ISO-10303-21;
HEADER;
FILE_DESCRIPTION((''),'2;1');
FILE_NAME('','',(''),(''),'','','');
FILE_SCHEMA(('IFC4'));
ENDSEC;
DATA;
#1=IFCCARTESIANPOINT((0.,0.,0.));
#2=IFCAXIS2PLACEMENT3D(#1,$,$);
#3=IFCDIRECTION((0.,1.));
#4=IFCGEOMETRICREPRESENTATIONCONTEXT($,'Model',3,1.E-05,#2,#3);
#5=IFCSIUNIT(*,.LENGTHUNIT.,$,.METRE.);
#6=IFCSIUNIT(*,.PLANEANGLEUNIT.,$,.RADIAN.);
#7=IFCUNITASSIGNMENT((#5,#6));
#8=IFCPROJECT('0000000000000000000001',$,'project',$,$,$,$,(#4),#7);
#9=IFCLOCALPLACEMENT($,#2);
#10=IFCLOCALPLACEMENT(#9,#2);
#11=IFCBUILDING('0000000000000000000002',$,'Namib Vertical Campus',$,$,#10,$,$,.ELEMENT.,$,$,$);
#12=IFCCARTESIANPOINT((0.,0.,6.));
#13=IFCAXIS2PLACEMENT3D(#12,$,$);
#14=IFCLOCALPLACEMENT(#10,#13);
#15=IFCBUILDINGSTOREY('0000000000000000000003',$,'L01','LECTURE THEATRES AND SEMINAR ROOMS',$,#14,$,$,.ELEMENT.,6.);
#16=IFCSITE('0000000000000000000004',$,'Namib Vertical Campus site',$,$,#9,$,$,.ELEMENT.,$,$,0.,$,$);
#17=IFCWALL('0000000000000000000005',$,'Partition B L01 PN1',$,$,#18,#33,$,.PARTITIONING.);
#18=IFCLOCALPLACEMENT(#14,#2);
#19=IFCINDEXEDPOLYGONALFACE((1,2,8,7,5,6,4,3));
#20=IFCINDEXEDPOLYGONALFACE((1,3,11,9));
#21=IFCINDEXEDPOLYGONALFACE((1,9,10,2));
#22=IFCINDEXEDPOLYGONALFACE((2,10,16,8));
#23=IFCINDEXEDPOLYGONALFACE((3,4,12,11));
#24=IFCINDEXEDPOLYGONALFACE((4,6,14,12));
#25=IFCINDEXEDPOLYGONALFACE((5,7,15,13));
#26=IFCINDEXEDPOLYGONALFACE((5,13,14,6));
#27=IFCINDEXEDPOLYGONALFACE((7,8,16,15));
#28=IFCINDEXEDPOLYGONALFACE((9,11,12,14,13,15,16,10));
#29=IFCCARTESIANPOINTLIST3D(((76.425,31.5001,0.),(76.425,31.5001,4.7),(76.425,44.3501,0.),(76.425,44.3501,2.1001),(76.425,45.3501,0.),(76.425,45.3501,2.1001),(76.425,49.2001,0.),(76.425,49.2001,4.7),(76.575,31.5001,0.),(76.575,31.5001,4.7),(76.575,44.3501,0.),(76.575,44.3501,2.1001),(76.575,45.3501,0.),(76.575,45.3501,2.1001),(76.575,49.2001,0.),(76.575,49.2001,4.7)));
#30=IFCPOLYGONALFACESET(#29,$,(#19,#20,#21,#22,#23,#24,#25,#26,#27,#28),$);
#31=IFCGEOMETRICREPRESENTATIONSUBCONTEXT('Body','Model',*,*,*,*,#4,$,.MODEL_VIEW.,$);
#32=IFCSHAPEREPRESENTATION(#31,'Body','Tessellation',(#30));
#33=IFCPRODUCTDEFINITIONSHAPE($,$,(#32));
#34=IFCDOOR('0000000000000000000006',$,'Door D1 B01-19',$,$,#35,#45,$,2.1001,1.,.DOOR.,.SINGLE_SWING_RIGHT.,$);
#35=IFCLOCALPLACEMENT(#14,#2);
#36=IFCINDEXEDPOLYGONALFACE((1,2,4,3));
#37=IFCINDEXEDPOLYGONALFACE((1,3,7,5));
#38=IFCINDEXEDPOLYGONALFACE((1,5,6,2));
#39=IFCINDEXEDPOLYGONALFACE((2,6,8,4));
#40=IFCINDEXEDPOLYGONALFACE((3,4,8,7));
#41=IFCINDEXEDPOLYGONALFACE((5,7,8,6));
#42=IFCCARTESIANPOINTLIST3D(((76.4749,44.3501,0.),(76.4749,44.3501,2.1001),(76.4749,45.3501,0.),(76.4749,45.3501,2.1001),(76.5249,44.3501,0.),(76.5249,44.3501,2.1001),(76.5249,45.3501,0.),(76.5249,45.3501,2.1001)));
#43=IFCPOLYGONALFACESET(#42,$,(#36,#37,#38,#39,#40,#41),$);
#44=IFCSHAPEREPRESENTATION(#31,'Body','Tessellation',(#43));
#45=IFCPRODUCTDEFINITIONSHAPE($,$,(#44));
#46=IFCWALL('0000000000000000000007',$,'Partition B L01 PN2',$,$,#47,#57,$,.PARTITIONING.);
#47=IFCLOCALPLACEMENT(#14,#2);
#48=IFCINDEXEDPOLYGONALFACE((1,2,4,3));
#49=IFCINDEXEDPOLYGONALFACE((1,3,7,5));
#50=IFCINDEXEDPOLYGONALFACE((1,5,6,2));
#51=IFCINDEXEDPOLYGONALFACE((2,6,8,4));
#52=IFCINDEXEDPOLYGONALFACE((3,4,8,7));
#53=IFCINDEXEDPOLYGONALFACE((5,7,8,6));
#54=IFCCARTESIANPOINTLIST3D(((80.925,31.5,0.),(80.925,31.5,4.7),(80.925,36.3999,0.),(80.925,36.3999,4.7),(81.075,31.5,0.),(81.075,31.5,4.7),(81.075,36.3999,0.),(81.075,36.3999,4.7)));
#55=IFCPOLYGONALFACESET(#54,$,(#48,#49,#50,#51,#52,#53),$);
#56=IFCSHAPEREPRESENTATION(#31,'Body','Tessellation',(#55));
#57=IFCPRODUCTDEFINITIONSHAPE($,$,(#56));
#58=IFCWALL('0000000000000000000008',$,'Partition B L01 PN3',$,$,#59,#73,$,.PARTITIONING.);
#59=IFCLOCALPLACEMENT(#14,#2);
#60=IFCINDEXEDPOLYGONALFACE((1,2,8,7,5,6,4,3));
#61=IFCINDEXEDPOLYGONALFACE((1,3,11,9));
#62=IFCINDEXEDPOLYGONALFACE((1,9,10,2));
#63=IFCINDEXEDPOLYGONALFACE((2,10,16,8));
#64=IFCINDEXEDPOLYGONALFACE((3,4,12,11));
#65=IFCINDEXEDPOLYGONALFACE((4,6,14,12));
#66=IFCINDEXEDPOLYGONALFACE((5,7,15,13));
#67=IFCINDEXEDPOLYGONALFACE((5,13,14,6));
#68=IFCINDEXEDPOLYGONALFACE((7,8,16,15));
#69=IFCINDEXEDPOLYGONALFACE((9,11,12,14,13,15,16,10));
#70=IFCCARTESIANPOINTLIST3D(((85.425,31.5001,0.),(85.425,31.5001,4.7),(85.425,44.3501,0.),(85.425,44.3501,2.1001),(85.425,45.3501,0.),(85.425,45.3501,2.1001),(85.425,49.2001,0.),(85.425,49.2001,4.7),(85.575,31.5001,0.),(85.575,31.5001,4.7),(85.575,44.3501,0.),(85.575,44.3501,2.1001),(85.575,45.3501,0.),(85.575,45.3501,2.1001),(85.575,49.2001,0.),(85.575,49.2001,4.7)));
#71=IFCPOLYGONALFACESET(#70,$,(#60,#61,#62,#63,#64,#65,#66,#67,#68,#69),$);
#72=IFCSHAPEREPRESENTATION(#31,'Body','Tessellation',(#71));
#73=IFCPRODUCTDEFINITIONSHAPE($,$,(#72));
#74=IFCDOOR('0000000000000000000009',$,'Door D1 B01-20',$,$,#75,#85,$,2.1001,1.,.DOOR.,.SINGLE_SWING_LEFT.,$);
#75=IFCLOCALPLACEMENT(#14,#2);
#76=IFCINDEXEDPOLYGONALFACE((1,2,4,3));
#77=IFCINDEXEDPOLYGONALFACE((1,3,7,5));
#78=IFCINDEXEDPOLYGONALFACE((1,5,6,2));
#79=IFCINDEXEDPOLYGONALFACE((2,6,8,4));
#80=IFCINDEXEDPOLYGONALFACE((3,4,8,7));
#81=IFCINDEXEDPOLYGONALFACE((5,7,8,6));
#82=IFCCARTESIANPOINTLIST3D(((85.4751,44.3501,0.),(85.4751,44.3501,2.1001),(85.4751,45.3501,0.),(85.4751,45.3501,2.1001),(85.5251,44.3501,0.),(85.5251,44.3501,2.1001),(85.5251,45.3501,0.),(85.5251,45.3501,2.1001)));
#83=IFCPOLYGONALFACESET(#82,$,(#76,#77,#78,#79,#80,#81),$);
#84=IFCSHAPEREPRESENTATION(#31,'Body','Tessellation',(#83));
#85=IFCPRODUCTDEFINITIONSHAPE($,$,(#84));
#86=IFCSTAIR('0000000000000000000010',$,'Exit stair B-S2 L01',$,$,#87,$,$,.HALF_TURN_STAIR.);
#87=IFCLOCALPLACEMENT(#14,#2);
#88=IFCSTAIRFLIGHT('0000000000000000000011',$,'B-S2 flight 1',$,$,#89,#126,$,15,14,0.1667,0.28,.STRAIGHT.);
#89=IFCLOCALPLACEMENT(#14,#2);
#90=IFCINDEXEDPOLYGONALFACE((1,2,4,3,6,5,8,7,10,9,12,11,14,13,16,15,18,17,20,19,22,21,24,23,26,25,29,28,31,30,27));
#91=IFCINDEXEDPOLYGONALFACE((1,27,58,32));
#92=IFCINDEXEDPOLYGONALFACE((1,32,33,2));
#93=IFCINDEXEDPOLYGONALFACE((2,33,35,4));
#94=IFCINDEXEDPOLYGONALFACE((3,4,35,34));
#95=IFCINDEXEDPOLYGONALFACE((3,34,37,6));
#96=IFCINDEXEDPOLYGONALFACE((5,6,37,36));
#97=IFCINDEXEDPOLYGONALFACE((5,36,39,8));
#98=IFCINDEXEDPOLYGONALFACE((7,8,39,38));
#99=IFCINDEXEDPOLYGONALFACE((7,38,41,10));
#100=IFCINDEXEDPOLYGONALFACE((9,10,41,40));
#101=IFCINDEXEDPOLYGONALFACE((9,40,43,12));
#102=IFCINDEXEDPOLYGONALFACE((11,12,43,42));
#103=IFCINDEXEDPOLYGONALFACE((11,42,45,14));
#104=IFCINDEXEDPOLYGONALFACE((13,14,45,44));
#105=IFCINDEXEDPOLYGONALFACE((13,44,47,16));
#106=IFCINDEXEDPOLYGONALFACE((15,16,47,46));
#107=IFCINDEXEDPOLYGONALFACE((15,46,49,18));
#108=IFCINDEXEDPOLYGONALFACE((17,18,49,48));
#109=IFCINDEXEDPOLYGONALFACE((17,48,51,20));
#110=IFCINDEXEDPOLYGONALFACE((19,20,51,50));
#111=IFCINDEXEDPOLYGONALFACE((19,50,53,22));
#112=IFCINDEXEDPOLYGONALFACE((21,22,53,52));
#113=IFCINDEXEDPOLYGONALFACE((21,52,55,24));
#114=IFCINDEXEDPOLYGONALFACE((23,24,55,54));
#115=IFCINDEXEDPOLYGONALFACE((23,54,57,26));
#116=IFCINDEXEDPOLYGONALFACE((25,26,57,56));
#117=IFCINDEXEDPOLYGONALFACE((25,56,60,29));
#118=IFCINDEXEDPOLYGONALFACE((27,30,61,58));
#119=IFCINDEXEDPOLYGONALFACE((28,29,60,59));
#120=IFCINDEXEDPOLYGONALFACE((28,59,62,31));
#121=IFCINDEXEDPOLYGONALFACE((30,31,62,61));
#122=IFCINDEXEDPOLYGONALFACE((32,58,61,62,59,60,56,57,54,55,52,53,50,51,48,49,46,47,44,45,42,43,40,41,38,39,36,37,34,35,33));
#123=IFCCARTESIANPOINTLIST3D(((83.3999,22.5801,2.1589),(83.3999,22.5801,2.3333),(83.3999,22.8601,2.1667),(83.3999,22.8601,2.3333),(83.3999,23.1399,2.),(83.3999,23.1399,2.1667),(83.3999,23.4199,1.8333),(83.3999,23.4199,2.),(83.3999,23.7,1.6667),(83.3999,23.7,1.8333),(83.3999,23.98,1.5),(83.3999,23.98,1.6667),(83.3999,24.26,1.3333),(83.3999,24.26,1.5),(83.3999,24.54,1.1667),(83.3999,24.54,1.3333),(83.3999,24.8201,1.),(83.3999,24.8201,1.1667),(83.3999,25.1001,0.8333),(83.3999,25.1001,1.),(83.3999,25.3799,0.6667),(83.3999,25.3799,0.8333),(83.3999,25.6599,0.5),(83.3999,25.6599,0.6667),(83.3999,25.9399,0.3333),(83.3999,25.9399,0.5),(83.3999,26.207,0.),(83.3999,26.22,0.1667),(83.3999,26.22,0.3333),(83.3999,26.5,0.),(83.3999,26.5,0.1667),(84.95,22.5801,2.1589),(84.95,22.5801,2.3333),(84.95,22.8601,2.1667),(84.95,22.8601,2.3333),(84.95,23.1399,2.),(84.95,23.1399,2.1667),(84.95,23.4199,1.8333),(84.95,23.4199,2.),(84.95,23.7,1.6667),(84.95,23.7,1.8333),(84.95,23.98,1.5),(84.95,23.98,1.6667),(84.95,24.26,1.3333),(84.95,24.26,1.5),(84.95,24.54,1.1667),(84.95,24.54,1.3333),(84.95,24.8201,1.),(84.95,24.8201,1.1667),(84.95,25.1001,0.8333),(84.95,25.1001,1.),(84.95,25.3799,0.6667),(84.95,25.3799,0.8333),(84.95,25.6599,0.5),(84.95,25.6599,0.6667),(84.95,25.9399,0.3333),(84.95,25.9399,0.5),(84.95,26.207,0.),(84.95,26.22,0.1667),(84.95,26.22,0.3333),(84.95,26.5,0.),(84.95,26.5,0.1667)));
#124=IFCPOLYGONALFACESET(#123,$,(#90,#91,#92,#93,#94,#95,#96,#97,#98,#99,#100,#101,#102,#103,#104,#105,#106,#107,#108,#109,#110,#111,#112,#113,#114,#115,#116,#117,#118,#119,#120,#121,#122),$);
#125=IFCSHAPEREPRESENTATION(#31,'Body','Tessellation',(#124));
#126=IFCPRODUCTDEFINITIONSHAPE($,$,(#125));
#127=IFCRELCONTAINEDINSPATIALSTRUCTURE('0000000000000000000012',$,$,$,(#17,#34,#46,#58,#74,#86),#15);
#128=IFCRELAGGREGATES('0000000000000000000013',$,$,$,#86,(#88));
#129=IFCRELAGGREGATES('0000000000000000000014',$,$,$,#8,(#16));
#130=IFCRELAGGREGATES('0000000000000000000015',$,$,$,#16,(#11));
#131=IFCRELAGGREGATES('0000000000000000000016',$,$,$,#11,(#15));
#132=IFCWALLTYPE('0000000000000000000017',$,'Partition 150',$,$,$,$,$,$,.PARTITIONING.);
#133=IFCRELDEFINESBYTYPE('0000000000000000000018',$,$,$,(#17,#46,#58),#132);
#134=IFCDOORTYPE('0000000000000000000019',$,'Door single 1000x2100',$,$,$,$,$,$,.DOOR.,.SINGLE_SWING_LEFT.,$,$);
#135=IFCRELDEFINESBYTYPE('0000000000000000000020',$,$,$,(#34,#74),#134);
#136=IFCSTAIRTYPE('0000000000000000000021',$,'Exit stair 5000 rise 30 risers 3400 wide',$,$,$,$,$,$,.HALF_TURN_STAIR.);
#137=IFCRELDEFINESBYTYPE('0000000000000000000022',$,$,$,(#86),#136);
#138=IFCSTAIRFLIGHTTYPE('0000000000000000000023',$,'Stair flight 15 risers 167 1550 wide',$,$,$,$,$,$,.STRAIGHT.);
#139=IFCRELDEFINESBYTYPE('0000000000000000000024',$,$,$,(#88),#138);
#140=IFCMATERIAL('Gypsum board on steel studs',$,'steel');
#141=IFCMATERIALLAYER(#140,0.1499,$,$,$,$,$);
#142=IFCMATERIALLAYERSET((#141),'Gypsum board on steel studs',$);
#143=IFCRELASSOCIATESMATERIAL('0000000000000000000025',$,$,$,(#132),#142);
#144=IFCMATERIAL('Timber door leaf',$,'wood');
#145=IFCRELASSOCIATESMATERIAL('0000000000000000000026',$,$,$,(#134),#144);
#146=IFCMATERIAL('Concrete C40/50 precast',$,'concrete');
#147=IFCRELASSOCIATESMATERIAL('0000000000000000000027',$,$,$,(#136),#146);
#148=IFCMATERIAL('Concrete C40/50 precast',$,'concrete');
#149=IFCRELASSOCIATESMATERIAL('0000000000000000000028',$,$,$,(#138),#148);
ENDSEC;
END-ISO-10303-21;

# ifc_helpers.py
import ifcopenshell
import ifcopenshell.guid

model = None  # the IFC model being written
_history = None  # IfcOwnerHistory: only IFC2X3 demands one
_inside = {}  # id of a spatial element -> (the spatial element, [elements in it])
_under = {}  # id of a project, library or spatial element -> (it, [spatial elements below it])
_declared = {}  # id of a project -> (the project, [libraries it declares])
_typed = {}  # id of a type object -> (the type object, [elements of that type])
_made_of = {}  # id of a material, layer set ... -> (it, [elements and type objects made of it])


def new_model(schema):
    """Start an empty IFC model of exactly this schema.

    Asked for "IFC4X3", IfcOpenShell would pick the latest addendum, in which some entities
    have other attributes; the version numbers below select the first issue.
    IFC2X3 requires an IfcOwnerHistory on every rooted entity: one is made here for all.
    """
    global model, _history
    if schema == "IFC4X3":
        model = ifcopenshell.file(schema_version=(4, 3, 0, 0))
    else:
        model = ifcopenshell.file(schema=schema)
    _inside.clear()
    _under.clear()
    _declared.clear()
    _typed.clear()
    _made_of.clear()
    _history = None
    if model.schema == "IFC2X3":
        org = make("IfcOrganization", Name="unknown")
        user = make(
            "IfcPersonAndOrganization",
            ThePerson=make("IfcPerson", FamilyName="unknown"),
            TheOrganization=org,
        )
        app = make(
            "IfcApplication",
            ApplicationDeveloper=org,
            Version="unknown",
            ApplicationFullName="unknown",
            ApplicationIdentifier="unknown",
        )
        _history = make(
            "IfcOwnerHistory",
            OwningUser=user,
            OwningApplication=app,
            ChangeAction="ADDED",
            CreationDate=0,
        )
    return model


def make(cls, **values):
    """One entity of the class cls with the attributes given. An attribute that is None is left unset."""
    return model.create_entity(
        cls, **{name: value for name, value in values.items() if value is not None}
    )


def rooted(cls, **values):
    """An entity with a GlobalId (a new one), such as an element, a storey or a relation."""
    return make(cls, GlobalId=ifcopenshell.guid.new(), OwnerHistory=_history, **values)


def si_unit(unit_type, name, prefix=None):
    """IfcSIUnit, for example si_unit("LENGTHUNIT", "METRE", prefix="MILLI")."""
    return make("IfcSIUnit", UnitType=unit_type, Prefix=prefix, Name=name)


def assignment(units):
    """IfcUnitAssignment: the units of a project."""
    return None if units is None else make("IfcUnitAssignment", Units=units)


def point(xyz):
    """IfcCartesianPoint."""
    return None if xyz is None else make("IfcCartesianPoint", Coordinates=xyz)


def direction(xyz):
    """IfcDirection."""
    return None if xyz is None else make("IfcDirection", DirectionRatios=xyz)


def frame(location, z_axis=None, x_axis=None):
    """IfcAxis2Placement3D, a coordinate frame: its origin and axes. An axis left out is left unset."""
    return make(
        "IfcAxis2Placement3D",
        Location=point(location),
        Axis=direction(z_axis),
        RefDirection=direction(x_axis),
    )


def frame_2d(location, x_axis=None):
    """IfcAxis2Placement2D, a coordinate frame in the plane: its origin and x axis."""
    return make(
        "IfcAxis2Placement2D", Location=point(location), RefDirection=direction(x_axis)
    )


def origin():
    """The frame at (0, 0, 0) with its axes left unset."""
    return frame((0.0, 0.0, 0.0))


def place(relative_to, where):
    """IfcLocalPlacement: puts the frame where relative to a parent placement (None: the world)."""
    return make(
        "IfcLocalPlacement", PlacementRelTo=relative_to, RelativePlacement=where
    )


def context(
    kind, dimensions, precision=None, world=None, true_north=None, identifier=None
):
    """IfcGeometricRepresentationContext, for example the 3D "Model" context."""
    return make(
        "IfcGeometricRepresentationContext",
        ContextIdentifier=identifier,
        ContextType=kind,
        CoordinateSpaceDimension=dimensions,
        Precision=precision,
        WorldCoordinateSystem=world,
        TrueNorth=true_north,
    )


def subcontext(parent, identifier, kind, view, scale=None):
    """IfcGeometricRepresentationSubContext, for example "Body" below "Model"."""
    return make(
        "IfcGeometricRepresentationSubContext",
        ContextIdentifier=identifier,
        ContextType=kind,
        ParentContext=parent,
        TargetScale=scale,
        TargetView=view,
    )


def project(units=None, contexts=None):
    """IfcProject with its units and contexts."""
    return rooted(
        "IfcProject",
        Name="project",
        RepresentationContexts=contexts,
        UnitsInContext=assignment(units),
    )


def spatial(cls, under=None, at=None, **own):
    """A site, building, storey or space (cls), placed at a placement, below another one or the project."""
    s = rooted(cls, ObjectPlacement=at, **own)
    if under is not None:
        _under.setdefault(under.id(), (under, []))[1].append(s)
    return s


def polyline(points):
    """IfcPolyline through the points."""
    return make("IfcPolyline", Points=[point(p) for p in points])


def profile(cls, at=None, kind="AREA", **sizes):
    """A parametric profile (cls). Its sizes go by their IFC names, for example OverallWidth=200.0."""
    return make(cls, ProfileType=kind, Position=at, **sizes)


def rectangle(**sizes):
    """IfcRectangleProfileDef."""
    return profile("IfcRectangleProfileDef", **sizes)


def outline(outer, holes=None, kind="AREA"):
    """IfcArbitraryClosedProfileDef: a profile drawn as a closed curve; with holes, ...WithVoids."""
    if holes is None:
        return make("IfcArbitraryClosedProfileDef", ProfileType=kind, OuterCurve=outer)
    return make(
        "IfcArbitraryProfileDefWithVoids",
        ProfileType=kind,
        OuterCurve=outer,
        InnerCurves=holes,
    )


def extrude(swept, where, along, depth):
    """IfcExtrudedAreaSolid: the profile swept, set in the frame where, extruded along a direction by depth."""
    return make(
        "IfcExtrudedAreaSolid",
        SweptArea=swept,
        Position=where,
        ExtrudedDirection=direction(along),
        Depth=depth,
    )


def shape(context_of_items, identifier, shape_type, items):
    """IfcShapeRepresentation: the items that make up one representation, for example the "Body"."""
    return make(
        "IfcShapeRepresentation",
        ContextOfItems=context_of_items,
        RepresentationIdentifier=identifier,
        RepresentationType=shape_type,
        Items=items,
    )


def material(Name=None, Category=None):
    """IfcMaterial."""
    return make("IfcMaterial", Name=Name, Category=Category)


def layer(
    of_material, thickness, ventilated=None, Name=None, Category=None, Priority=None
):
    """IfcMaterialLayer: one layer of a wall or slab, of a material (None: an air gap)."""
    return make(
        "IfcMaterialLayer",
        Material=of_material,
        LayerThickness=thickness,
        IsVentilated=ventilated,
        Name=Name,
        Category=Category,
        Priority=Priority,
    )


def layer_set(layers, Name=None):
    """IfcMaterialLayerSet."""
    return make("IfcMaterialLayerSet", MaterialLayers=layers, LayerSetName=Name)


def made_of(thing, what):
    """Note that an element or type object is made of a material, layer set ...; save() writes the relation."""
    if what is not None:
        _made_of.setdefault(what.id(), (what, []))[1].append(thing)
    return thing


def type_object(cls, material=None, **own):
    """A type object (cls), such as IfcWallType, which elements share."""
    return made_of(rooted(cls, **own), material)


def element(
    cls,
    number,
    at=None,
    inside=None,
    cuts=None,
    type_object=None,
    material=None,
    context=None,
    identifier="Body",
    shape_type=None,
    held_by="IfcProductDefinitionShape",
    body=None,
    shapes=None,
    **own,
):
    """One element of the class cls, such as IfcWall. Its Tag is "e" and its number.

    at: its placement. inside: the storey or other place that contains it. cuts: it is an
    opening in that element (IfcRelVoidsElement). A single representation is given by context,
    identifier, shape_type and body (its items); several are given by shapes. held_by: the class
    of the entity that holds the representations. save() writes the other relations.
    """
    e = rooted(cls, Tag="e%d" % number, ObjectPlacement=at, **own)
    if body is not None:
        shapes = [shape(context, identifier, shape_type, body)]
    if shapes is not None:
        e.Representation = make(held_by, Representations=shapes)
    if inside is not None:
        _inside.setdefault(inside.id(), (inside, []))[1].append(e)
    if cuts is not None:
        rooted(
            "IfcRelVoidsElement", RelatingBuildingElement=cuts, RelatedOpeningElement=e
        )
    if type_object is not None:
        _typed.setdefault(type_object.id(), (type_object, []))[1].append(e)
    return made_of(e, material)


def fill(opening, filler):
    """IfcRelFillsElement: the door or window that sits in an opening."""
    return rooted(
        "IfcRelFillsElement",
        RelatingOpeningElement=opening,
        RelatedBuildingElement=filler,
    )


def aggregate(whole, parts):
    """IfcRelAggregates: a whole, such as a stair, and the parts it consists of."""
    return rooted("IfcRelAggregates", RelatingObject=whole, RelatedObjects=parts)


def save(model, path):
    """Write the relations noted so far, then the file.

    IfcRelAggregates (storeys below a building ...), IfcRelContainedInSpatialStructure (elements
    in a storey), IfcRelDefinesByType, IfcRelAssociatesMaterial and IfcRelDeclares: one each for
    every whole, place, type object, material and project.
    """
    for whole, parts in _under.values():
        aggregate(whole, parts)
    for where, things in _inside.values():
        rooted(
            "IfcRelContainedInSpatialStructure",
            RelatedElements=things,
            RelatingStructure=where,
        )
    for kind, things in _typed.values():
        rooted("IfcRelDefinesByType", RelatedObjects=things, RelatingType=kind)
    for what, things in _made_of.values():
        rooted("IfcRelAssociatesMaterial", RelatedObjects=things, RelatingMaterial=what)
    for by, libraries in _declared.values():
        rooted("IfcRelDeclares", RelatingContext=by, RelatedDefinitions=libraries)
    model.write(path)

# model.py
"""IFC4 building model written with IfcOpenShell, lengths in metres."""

from ifc_helpers import new_model, si_unit, direction, frame, frame_2d, origin, place, context, subcontext, project, spatial, polyline, rectangle, outline, extrude, material, layer, layer_set, type_object, element, fill, aggregate, save


model = new_model("IFC4")

# Units and contexts
model_context = context("Model", 3, precision=1e-05, world=origin(), true_north=direction((0.0, 1.0)))
body_context = subcontext(model_context, "Body", "Model", "MODEL_VIEW")
ifc_project = project(units=[si_unit("LENGTHUNIT", "METRE"), si_unit("PLANEANGLEUNIT", "RADIAN")], contexts=[model_context])

# Site, building, storey
site_placement = place(None, origin())
site = spatial("IfcSite", under=ifc_project, at=site_placement, Name="Namib Vertical Campus site", CompositionType="ELEMENT", RefElevation=0.0)
building_placement = place(site_placement, origin())
building = spatial("IfcBuilding", under=site, at=building_placement, Name="Namib Vertical Campus", CompositionType="ELEMENT")
storey_placement = place(building_placement, frame((0.0, 0.0, 6.0)))
storey = spatial("IfcBuildingStorey", under=building, at=storey_placement, Name="L01", Description="LECTURE THEATRES AND SEMINAR ROOMS", CompositionType="ELEMENT", Elevation=6.0)

# Wall, opening, door
ifc_material_1 = material(Name="Gypsum board on steel studs", Category="steel")
ifc_layer_1 = layer(ifc_material_1, 0.1499)
ifc_layer_set_1 = layer_set([ifc_layer_1], Name="Gypsum board on steel studs")
wall_type_1 = type_object("IfcWallType", Name="Partition 150", PredefinedType="PARTITIONING", material=ifc_layer_set_1)
wall_1_placement = place(storey_placement, frame((76.5, 31.5, 0.0), z_axis=(0.0, 0.0, 1.0), x_axis=(0.0, 1.0, 0.0)))
wall_1 = element("IfcWall", 1, at=wall_1_placement, inside=storey, type_object=wall_type_1, Name="Partition B L01 PN1", PredefinedType="PARTITIONING", context=body_context, shape_type="SweptSolid", body=[
    extrude(rectangle(XDim=17.7, YDim=0.1499, at=frame_2d((8.8501, 0.0))), origin(), (0.0, 0.0, 1.0), 4.7),
])
opening_1_placement = place(wall_1_placement, frame((12.8501, 0.0, 0.0)))
opening_1 = element("IfcOpeningElement", 2, at=opening_1_placement, cuts=wall_1, PredefinedType="OPENING", context=body_context, shape_type="SweptSolid", body=[
    extrude(rectangle(XDim=1.0, YDim=2.1001, at=frame_2d((0.5, 1.05))), frame((0.0, 0.085, 0.0), z_axis=(0.0, -1.0, 0.0), x_axis=(1.0, 0.0, 0.0)), (0.0, 0.0, 1.0), 0.1699),
])
ifc_material_2 = material(Name="Timber door leaf", Category="wood")
door_type = type_object("IfcDoorType", Name="Door single 1000x2100", OperationType="SINGLE_SWING_LEFT", PredefinedType="DOOR", material=ifc_material_2)
door_1_placement = place(opening_1_placement, frame((1.0, 0.0, 0.0), z_axis=(0.0, 0.0, 1.0), x_axis=(-1.0, 0.0, 0.0)))
door_1 = element("IfcDoor", 3, at=door_1_placement, inside=storey, type_object=door_type, Name="Door D1 B01-19", OperationType="SINGLE_SWING_RIGHT", OverallHeight=2.1001, OverallWidth=1.0, PredefinedType="DOOR", context=body_context, shape_type="SweptSolid", body=[
    extrude(rectangle(XDim=1.0, YDim=2.1001, at=frame_2d((0.5, 1.05))), frame((0.0, 0.0249, 0.0), z_axis=(0.0, -1.0, 0.0), x_axis=(1.0, 0.0, 0.0)), (0.0, 0.0, 1.0), 0.05),
])
fill(opening_1, door_1)

# Wall
wall_2_placement = place(storey_placement, frame((81.0, 31.5, 0.0), z_axis=(0.0, 0.0, 1.0), x_axis=(0.0, 1.0, 0.0)))
element("IfcWall", 4, at=wall_2_placement, inside=storey, type_object=wall_type_1, Name="Partition B L01 PN2", PredefinedType="PARTITIONING", context=body_context, shape_type="SweptSolid", body=[
    extrude(rectangle(XDim=4.8999, YDim=0.1499, at=frame_2d((2.45, 0.0))), origin(), (0.0, 0.0, 1.0), 4.7),
])

# Wall, opening, door
wall_3_placement = place(storey_placement, frame((85.5, 31.5, 0.0), z_axis=(0.0, 0.0, 1.0), x_axis=(0.0, 1.0, 0.0)))
wall_3 = element("IfcWall", 5, at=wall_3_placement, inside=storey, type_object=wall_type_1, Name="Partition B L01 PN3", PredefinedType="PARTITIONING", context=body_context, shape_type="SweptSolid", body=[
    extrude(rectangle(XDim=17.7, YDim=0.1499, at=frame_2d((8.8501, 0.0))), origin(), (0.0, 0.0, 1.0), 4.7),
])
opening_2_placement = place(wall_3_placement, frame((12.8501, 0.0, 0.0)))
opening_2 = element("IfcOpeningElement", 6, at=opening_2_placement, cuts=wall_3, PredefinedType="OPENING", context=body_context, shape_type="SweptSolid", body=[
    extrude(rectangle(XDim=1.0, YDim=2.1001, at=frame_2d((0.5, 1.05))), frame((0.0, 0.085, 0.0), z_axis=(0.0, -1.0, 0.0), x_axis=(1.0, 0.0, 0.0)), (0.0, 0.0, 1.0), 0.1699),
])
door_2_placement = place(opening_2_placement, origin())
door_2 = element("IfcDoor", 7, at=door_2_placement, inside=storey, type_object=door_type, Name="Door D1 B01-20", OperationType="SINGLE_SWING_LEFT", OverallHeight=2.1001, OverallWidth=1.0, PredefinedType="DOOR", context=body_context, shape_type="SweptSolid", body=[
    extrude(rectangle(XDim=1.0, YDim=2.1001, at=frame_2d((0.5, 1.05))), frame((0.0, 0.0249, 0.0), z_axis=(0.0, -1.0, 0.0), x_axis=(1.0, 0.0, 0.0)), (0.0, 0.0, 1.0), 0.05),
])
fill(opening_2, door_2)

# Stair, stair flight
ifc_material_3 = material(Name="Concrete C40/50 precast", Category="concrete")
stair_type = type_object("IfcStairType", Name="Exit stair 5000 rise 30 risers 3400 wide", PredefinedType="HALF_TURN_STAIR", material=ifc_material_3)
stair_placement = place(storey_placement, origin())
stair = element("IfcStair", 8, at=stair_placement, inside=storey, type_object=stair_type, Name="Exit stair B-S2 L01", PredefinedType="HALF_TURN_STAIR")
ifc_material_4 = material(Name="Concrete C40/50 precast", Category="concrete")
stair_flight_type = type_object("IfcStairFlightType", Name="Stair flight 15 risers 167 1550 wide", PredefinedType="STRAIGHT", material=ifc_material_4)
stair_flight_placement = place(storey_placement, frame((84.175, 26.5, 0.0), z_axis=(0.0, 0.0, 1.0), x_axis=(0.0, -1.0, 0.0)))
stair_flight = element("IfcStairFlight", 9, at=stair_flight_placement, type_object=stair_flight_type, Name="B-S2 flight 1", NumberOfRisers=15, NumberOfTreads=14, PredefinedType="STRAIGHT", RiserHeight=0.1667, TreadLength=0.28, context=body_context, shape_type="SweptSolid", body=[
    extrude(outline(polyline([(0.0, 0.0), (0.0, 0.1667), (0.28, 0.1667), (0.28, 0.3333), (0.5601, 0.3333), (0.5601, 0.5), (0.8401, 0.5), (0.8401, 0.6667), (1.1201, 0.6667), (1.1201, 0.8333), (1.3999, 0.8333), (1.3999, 1.0), (1.6799, 1.0), (1.6799, 1.1667), (1.96, 1.1667), (1.96, 1.3333), (2.24, 1.3333), (2.24, 1.5), (2.52, 1.5), (2.52, 1.6667), (2.8, 1.6667), (2.8, 1.8333), (3.0801, 1.8333), (3.0801, 2.0), (3.3601, 2.0), (3.3601, 2.1667), (3.6399, 2.1667), (3.6399, 2.3333), (3.9199, 2.3333), (3.9199, 2.5), (3.9199, 2.1589), (0.293, 0.0), (0.0, 0.0)])), frame((0.0, 0.7749, 0.0), z_axis=(0.0, -1.0, 0.0), x_axis=(1.0, 0.0, 0.0)), (0.0, 0.0, 1.0), 1.55),
])
aggregate(stair, [stair_flight])

save(model, "model.ifc")
